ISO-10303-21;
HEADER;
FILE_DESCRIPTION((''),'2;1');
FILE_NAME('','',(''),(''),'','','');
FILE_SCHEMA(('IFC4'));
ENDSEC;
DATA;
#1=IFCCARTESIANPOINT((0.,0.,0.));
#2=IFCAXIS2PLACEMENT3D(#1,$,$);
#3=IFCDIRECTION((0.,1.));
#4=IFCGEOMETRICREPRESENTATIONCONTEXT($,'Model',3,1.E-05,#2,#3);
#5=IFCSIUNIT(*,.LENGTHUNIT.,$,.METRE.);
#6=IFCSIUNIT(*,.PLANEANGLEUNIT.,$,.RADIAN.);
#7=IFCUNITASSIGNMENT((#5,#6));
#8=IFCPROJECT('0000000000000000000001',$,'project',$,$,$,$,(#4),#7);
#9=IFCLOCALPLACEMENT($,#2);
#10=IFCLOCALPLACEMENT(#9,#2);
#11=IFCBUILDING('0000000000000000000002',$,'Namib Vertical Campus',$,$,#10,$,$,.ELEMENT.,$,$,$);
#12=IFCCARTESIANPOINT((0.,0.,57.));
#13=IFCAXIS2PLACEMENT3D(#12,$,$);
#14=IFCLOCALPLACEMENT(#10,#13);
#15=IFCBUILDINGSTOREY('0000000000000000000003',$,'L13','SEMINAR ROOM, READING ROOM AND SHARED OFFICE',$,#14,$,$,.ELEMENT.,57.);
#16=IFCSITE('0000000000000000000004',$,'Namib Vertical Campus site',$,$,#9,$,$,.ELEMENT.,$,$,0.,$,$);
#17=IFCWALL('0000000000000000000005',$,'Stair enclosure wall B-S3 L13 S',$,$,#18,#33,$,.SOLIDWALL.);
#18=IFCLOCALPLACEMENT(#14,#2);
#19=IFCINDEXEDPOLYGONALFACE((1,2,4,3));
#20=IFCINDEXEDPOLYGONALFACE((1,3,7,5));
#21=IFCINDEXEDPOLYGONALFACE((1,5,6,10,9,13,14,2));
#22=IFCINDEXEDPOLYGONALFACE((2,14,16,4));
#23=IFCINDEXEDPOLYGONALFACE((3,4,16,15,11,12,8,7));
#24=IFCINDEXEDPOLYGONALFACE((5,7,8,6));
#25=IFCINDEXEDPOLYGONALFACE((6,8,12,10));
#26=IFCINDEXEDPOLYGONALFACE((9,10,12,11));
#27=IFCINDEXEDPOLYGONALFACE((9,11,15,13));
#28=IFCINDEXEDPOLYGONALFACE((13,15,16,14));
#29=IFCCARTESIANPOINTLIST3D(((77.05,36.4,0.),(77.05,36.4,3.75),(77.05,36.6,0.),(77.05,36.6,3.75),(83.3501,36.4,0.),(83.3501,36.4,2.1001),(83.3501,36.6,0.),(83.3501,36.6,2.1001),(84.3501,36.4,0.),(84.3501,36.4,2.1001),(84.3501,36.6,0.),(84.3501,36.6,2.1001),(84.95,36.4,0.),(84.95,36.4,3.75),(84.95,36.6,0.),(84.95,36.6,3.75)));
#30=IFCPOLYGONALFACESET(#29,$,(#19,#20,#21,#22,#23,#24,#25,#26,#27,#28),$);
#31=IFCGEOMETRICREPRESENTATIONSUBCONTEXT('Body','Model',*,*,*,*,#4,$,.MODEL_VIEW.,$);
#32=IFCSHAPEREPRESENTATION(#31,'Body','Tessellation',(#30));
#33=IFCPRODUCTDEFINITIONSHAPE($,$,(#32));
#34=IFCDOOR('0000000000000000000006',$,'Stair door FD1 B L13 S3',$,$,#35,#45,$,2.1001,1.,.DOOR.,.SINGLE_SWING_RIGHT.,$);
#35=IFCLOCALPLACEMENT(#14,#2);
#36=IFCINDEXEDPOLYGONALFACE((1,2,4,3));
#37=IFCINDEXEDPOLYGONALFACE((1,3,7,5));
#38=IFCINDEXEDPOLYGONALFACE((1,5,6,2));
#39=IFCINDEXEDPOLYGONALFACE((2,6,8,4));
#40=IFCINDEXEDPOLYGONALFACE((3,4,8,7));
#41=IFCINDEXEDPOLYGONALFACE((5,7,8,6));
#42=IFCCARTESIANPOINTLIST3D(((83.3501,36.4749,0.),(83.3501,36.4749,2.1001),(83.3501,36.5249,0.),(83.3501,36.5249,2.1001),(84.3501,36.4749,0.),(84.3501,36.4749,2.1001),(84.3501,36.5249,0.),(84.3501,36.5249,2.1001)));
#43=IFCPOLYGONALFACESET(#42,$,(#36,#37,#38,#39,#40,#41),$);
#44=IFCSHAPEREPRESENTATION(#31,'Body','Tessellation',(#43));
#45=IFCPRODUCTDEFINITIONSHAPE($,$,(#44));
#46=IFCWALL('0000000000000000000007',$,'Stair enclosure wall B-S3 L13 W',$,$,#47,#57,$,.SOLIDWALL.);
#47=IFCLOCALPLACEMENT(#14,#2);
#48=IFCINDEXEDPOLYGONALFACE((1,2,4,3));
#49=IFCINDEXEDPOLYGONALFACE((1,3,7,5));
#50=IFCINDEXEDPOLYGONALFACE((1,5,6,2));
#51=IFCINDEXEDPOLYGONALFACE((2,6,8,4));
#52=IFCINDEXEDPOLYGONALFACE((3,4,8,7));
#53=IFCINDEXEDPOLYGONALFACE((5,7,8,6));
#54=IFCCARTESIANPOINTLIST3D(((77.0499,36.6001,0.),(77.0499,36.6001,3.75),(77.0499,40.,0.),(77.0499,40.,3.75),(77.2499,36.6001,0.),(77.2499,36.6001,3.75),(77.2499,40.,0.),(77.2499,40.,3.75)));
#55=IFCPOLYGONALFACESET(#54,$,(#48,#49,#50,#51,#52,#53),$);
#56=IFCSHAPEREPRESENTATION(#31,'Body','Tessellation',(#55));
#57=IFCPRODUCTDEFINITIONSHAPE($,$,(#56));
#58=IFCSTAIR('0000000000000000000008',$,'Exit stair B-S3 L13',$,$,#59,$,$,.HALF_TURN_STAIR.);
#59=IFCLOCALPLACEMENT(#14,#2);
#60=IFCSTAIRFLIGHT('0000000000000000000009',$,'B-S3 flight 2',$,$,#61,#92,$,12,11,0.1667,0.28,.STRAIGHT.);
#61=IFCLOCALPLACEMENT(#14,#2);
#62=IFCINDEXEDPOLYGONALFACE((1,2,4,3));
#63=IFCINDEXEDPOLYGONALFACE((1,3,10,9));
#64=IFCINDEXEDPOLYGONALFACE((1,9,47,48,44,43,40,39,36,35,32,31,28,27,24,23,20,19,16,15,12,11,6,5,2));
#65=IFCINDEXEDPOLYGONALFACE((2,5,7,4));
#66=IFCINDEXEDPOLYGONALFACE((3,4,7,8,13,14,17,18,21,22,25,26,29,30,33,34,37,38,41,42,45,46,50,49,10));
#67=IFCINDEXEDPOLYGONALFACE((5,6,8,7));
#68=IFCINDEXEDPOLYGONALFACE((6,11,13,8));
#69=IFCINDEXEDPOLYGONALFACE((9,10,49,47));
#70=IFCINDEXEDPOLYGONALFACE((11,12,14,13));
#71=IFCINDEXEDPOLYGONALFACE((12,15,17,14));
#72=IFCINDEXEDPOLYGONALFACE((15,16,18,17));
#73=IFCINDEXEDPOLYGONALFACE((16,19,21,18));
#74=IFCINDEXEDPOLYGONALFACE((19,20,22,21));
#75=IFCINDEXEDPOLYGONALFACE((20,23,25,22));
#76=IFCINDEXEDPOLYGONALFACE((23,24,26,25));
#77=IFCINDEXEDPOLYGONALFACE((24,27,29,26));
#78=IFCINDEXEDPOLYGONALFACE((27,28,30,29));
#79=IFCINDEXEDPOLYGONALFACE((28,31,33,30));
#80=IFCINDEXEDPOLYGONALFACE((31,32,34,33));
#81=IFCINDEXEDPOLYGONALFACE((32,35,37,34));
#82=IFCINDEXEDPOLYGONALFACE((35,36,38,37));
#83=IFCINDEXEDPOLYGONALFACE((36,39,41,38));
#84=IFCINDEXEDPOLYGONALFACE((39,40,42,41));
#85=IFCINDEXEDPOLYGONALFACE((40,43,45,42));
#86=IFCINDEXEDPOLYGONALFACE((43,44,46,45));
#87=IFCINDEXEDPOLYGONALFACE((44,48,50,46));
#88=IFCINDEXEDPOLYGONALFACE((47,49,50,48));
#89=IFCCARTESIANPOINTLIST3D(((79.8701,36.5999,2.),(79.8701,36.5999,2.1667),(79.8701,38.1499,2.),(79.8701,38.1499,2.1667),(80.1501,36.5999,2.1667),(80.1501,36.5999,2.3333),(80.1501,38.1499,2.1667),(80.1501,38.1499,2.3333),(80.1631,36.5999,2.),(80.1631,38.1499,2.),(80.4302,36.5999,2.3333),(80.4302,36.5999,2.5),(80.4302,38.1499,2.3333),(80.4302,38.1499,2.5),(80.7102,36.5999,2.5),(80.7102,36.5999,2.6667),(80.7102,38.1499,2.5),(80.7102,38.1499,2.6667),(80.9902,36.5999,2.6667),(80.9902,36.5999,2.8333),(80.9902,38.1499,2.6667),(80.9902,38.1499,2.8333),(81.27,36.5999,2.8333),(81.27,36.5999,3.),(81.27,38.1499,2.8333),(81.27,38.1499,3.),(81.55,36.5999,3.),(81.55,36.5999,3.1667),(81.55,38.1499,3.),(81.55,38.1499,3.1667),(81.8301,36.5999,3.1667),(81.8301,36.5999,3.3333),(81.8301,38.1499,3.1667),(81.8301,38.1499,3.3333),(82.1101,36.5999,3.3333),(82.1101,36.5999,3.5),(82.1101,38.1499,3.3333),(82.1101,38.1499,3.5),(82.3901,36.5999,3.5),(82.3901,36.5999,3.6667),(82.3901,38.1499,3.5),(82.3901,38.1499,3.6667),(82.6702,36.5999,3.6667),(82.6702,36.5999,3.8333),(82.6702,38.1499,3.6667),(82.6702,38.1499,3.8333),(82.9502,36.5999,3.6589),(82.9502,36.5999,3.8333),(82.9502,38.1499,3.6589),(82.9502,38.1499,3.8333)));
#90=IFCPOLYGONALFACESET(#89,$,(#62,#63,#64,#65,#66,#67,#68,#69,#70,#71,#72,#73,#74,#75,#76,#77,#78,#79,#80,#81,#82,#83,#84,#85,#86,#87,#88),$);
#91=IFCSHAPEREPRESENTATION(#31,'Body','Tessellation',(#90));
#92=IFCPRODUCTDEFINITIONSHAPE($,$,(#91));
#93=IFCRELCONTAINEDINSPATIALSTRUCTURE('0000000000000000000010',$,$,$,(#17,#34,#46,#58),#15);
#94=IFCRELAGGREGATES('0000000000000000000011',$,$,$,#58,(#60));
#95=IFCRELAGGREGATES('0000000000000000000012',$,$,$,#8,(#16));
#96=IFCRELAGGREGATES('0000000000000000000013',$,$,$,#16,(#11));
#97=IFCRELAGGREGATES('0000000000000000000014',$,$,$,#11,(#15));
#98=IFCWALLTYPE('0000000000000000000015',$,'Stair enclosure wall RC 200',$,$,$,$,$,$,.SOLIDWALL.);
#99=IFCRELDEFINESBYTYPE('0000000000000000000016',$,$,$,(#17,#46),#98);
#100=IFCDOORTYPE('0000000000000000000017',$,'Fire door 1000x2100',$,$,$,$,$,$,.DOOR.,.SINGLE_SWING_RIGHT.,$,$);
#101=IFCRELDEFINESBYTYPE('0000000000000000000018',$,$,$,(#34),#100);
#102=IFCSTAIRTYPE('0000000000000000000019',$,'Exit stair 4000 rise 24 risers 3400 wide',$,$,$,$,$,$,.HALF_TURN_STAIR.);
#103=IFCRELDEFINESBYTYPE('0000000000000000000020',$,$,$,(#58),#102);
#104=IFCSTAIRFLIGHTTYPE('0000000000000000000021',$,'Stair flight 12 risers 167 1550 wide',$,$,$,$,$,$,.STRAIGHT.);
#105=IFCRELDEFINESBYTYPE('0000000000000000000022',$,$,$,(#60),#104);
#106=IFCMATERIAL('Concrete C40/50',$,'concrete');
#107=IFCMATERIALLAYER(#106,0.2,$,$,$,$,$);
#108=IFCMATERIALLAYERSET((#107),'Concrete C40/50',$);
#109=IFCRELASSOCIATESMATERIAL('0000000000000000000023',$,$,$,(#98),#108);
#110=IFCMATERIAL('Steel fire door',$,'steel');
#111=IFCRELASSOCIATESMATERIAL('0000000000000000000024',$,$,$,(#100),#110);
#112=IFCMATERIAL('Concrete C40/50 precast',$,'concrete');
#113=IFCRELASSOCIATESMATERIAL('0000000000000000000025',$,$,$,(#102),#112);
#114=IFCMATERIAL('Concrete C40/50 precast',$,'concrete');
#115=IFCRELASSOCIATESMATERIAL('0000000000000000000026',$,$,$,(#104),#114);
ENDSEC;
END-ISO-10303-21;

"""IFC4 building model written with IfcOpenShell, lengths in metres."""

from ifc_helpers import new_model, si_unit, direction, frame, frame_2d, origin, place, context, subcontext, project, spatial, polyline, rectangle, outline, extrude, material, layer, layer_set, type_object, element, fill, aggregate, save


model = new_model("IFC4")

# Units and contexts
model_context = context("Model", 3, precision=1e-05, world=origin(), true_north=direction((0.0, 1.0)))
body_context = subcontext(model_context, "Body", "Model", "MODEL_VIEW")
ifc_project = project(units=[si_unit("LENGTHUNIT", "METRE"), si_unit("PLANEANGLEUNIT", "RADIAN")], contexts=[model_context])

# Site, building, storey
site_placement = place(None, origin())
site = spatial("IfcSite", under=ifc_project, at=site_placement, Name="Namib Vertical Campus site", CompositionType="ELEMENT", RefElevation=0.0)
building_placement = place(site_placement, origin())
building = spatial("IfcBuilding", under=site, at=building_placement, Name="Namib Vertical Campus", CompositionType="ELEMENT")
storey_placement = place(building_placement, frame((0.0, 0.0, 57.0)))
storey = spatial("IfcBuildingStorey", under=building, at=storey_placement, Name="L13", Description="SEMINAR ROOM, READING ROOM AND SHARED OFFICE", CompositionType="ELEMENT", Elevation=57.0)

# Wall, opening, door
ifc_material_1 = material(Name="Concrete C40/50", Category="concrete")
ifc_layer_1 = layer(ifc_material_1, 0.2)
ifc_layer_set_1 = layer_set([ifc_layer_1], Name="Concrete C40/50")
wall_type_1 = type_object("IfcWallType", Name="Stair enclosure wall RC 200", PredefinedType="SOLIDWALL", material=ifc_layer_set_1)
wall_1_placement = place(storey_placement, frame((77.05, 36.5, 0.0), z_axis=(0.0, 0.0, 1.0), x_axis=(1.0, 0.0, 0.0)))
wall_1 = element("IfcWall", 1, at=wall_1_placement, inside=storey, type_object=wall_type_1, Name="Stair enclosure wall B-S3 L13 S", PredefinedType="SOLIDWALL", context=body_context, shape_type="SweptSolid", body=[
    extrude(rectangle(XDim=7.8999, YDim=0.2, at=frame_2d((3.95, 0.0))), origin(), (0.0, 0.0, 1.0), 3.75),
])
opening_1_placement = place(wall_1_placement, frame((6.3, 0.0, 0.0)))
opening_1 = element("IfcOpeningElement", 2, at=opening_1_placement, cuts=wall_1, PredefinedType="OPENING", context=body_context, shape_type="SweptSolid", body=[
    extrude(rectangle(XDim=1.0, YDim=2.1001, at=frame_2d((0.5, 1.05))), frame((0.0, 0.1099, 0.0), z_axis=(0.0, -1.0, 0.0), x_axis=(1.0, 0.0, 0.0)), (0.0, 0.0, 1.0), 0.22),
])
ifc_material_2 = material(Name="Steel fire door", Category="steel")
door_type_1 = type_object("IfcDoorType", Name="Fire door 1000x2100", OperationType="SINGLE_SWING_RIGHT", PredefinedType="DOOR", material=ifc_material_2)
door_1_placement = place(opening_1_placement, origin())
door_1 = element("IfcDoor", 3, at=door_1_placement, inside=storey, type_object=door_type_1, Name="Stair door FD1 B L13 S3", OperationType="SINGLE_SWING_RIGHT", OverallHeight=2.1001, OverallWidth=1.0, PredefinedType="DOOR", context=body_context, shape_type="SweptSolid", body=[
    extrude(rectangle(XDim=1.0, YDim=2.1001, at=frame_2d((0.5, 1.05))), frame((0.0, 0.0249, 0.0), z_axis=(0.0, -1.0, 0.0), x_axis=(1.0, 0.0, 0.0)), (0.0, 0.0, 1.0), 0.05),
])
fill(opening_1, door_1)

# Wall
wall_2_placement = place(storey_placement, frame((77.1499, 36.6001, 0.0), z_axis=(0.0, 0.0, 1.0), x_axis=(0.0, 1.0, 0.0)))
element("IfcWall", 4, at=wall_2_placement, inside=storey, type_object=wall_type_1, Name="Stair enclosure wall B-S3 L13 W", PredefinedType="SOLIDWALL", context=body_context, shape_type="SweptSolid", body=[
    extrude(rectangle(XDim=3.3999, YDim=0.2, at=frame_2d((1.7, 0.0))), origin(), (0.0, 0.0, 1.0), 3.75),
])

# Stair, stair flight
ifc_material_3 = material(Name="Concrete C40/50 precast", Category="concrete")
stair_type = type_object("IfcStairType", Name="Exit stair 4000 rise 24 risers 3400 wide", PredefinedType="HALF_TURN_STAIR", material=ifc_material_3)
stair_placement = place(storey_placement, origin())
stair = element("IfcStair", 5, at=stair_placement, inside=storey, type_object=stair_type, Name="Exit stair B-S3 L13", PredefinedType="HALF_TURN_STAIR")
ifc_material_4 = material(Name="Concrete C40/50 precast", Category="concrete")
stair_flight_type = type_object("IfcStairFlightType", Name="Stair flight 12 risers 167 1550 wide", PredefinedType="STRAIGHT", material=ifc_material_4)
stair_flight_placement = place(storey_placement, frame((79.8701, 37.375, 2.0), z_axis=(0.0, 0.0, 1.0), x_axis=(1.0, 0.0, 0.0)))
stair_flight = element("IfcStairFlight", 6, at=stair_flight_placement, type_object=stair_flight_type, Name="B-S3 flight 2", NumberOfRisers=12, NumberOfTreads=11, PredefinedType="STRAIGHT", RiserHeight=0.1667, TreadLength=0.28, context=body_context, shape_type="SweptSolid", body=[
    extrude(outline(polyline([(0.0, 0.0), (0.0, 0.1667), (0.28, 0.1667), (0.28, 0.3333), (0.5601, 0.3333), (0.5601, 0.5), (0.8401, 0.5), (0.8401, 0.6667), (1.1201, 0.6667), (1.1201, 0.8333), (1.3999, 0.8333), (1.3999, 1.0), (1.6799, 1.0), (1.6799, 1.1667), (1.96, 1.1667), (1.96, 1.3333), (2.24, 1.3333), (2.24, 1.5), (2.52, 1.5), (2.52, 1.6667), (2.8, 1.6667), (2.8, 1.8333), (3.0801, 1.8333), (3.0801, 2.0), (3.0801, 1.6589), (0.293, 0.0), (0.0, 0.0)])), frame((0.0, 0.7749, 0.0), z_axis=(0.0, -1.0, 0.0), x_axis=(1.0, 0.0, 0.0)), (0.0, 0.0, 1.0), 1.55),
])
aggregate(stair, [stair_flight])

save(model, "model.ifc")
